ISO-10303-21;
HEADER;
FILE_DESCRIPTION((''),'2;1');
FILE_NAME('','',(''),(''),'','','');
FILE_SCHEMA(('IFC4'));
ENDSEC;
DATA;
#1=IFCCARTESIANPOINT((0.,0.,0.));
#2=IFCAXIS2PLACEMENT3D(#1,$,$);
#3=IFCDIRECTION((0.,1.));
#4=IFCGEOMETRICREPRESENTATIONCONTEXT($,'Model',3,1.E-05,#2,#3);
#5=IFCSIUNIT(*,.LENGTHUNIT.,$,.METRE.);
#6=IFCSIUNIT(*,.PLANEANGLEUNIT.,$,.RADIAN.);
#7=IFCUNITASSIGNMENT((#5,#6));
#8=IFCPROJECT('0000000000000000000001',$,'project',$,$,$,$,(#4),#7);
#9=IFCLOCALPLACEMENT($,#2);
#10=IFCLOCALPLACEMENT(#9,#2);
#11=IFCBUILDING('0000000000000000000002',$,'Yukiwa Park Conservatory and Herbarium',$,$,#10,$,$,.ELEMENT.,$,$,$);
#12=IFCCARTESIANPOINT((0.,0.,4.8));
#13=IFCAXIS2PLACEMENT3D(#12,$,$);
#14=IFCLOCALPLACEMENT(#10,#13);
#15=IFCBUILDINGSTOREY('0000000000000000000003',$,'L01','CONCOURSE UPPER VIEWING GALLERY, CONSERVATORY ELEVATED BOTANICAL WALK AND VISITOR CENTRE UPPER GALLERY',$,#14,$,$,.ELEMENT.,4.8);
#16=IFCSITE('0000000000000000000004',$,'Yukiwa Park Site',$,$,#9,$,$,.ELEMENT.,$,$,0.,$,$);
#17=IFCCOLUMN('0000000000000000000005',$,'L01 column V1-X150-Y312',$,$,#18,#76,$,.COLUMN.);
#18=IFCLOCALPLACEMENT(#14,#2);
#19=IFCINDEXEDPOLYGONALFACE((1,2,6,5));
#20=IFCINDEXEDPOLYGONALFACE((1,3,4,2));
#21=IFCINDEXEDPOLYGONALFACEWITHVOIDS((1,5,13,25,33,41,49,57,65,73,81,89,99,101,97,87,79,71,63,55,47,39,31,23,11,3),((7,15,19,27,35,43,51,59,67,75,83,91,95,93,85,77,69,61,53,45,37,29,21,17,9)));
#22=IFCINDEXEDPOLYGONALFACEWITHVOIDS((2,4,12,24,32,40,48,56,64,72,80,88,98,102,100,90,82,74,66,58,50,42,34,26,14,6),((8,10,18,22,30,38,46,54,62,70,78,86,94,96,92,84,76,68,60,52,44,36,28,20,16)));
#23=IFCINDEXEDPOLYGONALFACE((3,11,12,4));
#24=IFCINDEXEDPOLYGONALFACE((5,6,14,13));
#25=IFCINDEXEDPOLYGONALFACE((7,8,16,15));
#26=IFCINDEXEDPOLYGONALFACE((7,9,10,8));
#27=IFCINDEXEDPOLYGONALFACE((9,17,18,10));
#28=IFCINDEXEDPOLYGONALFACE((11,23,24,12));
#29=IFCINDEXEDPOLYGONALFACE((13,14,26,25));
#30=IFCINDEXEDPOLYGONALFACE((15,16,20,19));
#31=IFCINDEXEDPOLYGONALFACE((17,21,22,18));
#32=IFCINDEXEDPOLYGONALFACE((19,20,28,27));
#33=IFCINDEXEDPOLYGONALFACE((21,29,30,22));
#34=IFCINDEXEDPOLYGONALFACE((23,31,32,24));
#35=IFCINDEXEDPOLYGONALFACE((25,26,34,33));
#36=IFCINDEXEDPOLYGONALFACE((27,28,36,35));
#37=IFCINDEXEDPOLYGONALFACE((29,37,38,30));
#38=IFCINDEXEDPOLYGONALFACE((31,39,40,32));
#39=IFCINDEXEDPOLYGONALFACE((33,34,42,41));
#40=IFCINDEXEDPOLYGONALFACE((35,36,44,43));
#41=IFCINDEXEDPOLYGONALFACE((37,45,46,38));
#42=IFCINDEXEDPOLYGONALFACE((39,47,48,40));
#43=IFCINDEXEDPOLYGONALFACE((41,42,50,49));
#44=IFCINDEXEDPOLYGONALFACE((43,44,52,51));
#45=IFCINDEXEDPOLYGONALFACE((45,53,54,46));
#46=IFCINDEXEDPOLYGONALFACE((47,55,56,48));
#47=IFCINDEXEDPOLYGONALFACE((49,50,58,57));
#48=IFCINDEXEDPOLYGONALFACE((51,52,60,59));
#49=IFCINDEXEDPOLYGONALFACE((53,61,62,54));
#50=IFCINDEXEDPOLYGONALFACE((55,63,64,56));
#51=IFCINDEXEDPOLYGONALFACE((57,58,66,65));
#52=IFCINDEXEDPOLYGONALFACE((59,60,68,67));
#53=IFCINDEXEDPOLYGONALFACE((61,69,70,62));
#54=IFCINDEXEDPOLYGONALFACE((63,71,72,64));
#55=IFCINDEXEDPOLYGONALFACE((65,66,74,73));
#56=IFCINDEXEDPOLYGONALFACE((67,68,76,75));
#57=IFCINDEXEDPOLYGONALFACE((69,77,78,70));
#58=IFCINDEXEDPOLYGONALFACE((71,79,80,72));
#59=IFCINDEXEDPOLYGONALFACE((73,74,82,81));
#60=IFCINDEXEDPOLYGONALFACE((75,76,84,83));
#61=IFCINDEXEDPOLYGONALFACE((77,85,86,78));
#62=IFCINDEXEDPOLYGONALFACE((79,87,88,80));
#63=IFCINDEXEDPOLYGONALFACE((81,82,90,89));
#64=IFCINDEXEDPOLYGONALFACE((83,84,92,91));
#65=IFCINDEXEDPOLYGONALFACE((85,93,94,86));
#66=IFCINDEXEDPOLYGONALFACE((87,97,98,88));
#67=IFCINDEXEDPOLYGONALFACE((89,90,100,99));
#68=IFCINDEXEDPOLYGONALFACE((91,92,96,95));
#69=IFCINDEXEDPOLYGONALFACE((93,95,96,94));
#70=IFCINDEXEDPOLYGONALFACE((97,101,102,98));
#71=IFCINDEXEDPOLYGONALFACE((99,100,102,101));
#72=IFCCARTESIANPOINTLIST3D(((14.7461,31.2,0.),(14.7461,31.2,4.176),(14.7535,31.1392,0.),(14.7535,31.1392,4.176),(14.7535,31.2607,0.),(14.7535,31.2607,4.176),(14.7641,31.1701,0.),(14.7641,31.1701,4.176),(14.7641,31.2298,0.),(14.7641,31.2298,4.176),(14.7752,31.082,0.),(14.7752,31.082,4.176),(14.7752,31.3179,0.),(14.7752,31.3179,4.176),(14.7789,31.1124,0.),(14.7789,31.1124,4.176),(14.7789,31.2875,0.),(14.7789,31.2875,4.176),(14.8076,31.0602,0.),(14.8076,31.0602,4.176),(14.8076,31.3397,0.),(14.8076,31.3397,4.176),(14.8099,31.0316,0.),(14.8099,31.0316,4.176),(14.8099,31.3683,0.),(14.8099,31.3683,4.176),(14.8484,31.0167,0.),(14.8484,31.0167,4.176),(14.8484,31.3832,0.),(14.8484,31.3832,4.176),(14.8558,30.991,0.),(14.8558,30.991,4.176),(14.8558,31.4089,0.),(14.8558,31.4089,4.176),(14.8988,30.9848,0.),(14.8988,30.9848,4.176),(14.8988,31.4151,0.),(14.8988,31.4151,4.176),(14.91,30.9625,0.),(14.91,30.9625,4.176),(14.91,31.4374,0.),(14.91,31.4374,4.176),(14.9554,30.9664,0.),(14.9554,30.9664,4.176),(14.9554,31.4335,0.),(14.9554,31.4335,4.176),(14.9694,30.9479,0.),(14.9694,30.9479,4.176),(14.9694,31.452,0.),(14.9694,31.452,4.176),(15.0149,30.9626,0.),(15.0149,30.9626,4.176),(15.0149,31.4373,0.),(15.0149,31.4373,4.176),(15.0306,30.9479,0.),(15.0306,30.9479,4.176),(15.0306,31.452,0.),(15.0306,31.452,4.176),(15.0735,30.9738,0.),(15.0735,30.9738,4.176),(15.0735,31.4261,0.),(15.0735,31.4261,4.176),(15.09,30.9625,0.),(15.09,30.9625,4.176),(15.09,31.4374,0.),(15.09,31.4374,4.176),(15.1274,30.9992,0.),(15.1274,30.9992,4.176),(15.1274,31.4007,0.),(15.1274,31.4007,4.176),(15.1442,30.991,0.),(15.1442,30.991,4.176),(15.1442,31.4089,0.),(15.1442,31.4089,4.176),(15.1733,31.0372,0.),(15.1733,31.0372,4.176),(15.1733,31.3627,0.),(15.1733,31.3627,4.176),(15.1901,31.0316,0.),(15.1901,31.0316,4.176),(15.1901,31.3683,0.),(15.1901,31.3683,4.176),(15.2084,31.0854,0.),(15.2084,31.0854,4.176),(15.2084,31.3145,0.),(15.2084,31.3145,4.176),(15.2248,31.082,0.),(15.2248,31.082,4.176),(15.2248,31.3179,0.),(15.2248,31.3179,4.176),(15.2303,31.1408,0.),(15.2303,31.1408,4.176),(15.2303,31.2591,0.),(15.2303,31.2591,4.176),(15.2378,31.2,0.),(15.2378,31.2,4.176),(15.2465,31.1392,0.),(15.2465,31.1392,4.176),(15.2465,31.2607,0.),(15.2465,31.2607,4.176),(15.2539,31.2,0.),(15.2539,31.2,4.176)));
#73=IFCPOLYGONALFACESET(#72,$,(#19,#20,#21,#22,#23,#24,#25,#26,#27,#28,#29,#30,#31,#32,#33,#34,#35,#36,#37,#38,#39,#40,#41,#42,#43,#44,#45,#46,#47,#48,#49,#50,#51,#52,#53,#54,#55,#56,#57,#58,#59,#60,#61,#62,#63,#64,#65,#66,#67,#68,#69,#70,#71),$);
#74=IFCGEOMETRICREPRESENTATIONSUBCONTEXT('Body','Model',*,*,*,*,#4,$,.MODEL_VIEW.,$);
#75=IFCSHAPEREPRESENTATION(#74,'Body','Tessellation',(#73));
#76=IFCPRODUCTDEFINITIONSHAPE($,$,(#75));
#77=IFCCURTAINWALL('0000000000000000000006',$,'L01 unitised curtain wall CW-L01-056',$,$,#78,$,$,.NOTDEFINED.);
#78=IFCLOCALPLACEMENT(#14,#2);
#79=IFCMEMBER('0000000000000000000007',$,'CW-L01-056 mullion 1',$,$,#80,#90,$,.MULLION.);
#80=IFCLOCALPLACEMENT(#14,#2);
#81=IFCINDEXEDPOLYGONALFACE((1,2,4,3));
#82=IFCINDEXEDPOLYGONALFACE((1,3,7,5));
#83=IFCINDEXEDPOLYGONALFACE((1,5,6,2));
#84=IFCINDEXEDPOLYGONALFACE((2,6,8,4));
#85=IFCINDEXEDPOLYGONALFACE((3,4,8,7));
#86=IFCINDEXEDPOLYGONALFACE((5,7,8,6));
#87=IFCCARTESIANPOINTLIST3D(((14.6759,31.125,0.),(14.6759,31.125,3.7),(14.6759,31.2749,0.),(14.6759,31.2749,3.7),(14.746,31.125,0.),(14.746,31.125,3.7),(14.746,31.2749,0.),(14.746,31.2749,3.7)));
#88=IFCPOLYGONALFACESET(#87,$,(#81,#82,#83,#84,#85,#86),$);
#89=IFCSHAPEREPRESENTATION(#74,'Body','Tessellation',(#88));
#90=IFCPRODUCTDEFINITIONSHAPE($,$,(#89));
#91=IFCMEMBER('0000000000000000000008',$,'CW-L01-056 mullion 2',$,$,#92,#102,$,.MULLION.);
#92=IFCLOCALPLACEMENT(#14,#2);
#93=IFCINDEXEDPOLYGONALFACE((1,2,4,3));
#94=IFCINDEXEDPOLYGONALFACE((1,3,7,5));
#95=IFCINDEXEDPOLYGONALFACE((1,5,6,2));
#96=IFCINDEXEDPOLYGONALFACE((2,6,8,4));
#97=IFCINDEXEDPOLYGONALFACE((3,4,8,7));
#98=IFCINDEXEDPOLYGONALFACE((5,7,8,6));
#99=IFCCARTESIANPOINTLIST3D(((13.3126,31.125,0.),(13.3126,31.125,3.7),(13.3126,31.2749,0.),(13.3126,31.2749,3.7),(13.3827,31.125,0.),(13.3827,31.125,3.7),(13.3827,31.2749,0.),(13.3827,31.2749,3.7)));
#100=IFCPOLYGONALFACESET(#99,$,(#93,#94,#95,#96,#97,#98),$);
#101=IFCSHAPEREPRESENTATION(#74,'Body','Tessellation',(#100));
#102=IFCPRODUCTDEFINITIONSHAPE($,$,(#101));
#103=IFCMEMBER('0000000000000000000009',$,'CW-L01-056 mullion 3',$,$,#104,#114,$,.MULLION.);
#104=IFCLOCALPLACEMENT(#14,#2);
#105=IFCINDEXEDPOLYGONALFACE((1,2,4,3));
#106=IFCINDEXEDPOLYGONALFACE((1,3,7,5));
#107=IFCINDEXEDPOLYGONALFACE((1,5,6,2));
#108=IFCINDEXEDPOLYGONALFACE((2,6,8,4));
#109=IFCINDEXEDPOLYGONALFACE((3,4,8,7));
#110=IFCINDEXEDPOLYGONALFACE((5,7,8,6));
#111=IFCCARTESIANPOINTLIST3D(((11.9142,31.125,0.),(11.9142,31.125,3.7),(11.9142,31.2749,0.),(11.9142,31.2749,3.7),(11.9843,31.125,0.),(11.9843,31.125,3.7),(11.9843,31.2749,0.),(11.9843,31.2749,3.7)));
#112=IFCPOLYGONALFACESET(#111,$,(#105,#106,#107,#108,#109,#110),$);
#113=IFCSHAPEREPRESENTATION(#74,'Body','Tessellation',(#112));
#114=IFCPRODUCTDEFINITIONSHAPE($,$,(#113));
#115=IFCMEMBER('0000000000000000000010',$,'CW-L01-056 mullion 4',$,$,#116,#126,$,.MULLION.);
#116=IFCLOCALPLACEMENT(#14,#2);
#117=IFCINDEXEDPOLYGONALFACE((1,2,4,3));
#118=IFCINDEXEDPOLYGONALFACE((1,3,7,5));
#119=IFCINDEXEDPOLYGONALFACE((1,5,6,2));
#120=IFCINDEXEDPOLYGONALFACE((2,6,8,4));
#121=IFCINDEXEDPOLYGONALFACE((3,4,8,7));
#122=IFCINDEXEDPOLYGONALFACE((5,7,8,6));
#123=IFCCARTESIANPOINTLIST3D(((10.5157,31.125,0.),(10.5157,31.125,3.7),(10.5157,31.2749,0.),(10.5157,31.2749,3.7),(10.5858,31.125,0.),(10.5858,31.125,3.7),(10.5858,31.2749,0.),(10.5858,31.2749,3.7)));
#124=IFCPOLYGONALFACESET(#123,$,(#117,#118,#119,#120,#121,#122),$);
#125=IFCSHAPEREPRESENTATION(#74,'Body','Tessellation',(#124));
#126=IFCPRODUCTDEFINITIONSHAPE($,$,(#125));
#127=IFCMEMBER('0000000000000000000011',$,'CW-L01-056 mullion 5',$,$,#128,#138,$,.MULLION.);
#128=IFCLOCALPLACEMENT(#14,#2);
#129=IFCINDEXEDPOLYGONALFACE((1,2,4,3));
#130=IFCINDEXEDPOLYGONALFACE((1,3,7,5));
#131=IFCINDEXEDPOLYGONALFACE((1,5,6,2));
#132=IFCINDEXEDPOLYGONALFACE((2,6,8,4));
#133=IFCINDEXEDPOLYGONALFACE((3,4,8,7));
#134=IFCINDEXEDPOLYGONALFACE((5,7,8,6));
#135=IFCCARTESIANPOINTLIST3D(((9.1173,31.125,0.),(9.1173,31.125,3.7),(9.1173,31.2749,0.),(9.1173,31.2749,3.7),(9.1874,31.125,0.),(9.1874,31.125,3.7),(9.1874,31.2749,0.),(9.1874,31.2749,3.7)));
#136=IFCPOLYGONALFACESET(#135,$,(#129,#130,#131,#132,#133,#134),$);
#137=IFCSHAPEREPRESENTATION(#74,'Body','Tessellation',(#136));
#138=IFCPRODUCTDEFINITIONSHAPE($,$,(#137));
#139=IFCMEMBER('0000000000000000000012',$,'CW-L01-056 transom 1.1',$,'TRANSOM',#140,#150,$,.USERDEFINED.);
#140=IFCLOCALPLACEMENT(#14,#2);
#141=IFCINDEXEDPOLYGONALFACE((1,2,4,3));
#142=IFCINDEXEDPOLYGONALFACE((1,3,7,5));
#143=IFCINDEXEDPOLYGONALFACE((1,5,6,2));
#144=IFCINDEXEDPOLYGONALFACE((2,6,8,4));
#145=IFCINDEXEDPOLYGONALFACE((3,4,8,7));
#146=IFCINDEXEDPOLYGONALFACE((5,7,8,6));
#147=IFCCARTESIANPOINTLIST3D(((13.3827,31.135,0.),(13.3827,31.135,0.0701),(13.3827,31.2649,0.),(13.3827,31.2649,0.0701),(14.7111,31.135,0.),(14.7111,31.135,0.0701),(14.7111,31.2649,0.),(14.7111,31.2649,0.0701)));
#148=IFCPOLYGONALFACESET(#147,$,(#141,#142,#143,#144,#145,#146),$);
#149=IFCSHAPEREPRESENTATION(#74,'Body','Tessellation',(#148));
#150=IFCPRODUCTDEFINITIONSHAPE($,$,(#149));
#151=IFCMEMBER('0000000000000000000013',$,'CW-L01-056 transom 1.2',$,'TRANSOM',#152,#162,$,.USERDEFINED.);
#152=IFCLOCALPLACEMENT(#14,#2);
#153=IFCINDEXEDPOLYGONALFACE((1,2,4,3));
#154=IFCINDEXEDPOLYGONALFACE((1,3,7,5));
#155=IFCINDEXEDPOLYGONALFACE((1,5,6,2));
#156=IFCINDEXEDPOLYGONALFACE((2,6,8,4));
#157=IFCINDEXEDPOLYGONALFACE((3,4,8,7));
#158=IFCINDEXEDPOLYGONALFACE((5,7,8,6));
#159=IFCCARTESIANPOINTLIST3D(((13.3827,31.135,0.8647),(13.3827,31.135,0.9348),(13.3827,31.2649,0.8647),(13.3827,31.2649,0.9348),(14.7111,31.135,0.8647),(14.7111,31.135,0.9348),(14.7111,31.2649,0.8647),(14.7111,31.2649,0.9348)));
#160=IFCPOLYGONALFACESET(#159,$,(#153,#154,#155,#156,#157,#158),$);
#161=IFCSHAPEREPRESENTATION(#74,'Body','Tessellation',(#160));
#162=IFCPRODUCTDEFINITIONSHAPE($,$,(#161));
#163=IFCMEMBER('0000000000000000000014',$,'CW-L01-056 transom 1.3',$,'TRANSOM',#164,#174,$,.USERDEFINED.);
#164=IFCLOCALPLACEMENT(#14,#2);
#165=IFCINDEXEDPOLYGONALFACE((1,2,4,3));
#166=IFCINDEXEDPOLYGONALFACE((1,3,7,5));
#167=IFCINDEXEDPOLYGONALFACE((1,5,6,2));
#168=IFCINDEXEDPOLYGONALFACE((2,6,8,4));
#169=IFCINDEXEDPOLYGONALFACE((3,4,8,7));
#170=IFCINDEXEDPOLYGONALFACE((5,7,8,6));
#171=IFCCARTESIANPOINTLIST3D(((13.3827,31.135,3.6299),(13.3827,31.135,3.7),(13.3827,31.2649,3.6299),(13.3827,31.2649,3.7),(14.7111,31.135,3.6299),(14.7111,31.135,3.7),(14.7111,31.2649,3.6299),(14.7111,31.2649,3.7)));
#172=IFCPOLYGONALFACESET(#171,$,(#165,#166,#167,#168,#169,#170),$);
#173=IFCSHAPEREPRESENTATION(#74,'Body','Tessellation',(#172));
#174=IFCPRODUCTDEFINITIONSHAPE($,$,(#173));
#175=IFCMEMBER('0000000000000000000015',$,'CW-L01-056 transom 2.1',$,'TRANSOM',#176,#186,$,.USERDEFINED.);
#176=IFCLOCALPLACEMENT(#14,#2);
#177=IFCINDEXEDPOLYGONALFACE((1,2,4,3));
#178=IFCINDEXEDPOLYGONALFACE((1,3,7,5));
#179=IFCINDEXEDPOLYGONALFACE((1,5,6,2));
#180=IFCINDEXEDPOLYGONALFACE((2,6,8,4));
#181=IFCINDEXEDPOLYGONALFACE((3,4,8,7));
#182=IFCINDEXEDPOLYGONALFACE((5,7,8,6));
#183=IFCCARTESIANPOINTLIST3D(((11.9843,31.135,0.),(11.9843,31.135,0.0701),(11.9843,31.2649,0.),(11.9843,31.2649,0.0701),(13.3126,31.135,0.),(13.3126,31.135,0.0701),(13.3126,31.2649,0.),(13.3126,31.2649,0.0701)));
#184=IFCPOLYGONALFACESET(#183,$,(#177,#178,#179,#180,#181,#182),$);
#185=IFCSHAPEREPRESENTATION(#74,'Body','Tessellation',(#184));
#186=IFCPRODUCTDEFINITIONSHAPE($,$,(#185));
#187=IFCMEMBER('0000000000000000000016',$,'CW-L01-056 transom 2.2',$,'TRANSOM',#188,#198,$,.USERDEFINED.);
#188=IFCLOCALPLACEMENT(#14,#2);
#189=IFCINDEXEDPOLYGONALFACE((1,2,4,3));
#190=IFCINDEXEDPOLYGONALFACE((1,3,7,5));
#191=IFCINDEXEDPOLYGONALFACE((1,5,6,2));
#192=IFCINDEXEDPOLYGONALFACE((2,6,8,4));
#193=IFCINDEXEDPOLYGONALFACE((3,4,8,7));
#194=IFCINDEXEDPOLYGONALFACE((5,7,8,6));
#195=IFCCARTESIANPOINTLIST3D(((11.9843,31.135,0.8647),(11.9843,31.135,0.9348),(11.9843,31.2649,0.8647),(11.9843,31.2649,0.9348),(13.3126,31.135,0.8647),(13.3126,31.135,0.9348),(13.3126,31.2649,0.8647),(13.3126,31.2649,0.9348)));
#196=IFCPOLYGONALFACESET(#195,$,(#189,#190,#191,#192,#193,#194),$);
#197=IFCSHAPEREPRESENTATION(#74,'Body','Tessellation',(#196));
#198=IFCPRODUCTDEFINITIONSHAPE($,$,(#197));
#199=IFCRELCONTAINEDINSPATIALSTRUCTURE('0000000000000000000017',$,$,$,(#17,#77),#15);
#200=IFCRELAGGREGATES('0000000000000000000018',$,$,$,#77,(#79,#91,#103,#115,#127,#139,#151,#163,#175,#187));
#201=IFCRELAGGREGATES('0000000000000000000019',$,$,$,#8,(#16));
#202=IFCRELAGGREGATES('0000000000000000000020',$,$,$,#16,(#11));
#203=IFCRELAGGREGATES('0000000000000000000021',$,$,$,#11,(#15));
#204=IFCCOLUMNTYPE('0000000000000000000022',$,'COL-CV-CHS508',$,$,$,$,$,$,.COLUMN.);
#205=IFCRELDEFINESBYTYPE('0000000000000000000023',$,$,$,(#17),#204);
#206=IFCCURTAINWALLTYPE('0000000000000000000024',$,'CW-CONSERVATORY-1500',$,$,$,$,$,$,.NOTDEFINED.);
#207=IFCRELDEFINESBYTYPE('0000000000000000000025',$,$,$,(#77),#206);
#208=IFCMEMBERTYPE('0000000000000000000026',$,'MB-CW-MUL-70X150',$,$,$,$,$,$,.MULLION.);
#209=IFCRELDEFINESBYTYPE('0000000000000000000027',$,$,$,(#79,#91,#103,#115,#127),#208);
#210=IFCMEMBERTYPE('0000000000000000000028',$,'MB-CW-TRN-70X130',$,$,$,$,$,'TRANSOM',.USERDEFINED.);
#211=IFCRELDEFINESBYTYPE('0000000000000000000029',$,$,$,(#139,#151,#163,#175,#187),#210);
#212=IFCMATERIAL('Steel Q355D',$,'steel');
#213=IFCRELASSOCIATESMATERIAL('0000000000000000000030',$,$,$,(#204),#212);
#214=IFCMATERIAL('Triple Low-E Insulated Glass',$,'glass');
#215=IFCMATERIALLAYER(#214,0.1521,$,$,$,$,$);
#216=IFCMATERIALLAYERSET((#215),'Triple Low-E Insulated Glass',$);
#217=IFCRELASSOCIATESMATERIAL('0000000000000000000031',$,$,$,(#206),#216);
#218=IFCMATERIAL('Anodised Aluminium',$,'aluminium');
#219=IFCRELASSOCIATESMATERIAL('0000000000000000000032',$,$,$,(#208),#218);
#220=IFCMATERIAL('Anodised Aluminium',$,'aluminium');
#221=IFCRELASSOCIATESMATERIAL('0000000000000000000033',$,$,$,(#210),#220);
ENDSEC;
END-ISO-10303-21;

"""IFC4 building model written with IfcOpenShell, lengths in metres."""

from ifc_helpers import new_model, si_unit, direction, frame, origin, origin_2d, place, context, subcontext, project, spatial, rectangle, hollow_circle, extrude, material, layer, layer_set, material_profile, profile_set, type_object, element, aggregate, save


model = new_model("IFC4")

# Units and contexts
model_context = context("Model", 3, precision=1e-05, world=origin(), true_north=direction((0.0, 1.0)))
body_context = subcontext(model_context, "Body", "Model", "MODEL_VIEW")
ifc_project = project(units=[si_unit("LENGTHUNIT", "METRE"), si_unit("PLANEANGLEUNIT", "RADIAN")], contexts=[model_context])

# Site, building, storey
site_placement = place(None, origin())
site = spatial("IfcSite", under=ifc_project, at=site_placement, Name="Yukiwa Park Site", CompositionType="ELEMENT", RefElevation=0.0)
building_placement = place(site_placement, origin())
building = spatial("IfcBuilding", under=site, at=building_placement, Name="Yukiwa Park Conservatory and Herbarium", CompositionType="ELEMENT")
storey_placement = place(building_placement, frame((0.0, 0.0, 4.8)))
storey = spatial("IfcBuildingStorey", under=building, at=storey_placement, Name="L01", Description="CONCOURSE UPPER VIEWING GALLERY, CONSERVATORY ELEVATED BOTANICAL WALK AND VISITOR CENTRE UPPER GALLERY", CompositionType="ELEMENT", Elevation=4.8)

# Column
ifc_material_1 = material(Name="Steel Q355D", Category="steel")
ifc_material_profile = material_profile(ifc_material_1, hollow_circle(Radius=0.2539, WallThickness=0.0161, at=origin_2d()), Name="CHS 508x16")
ifc_profile_set = profile_set([ifc_material_profile], Name="Steel Q355D")
column_type = type_object("IfcColumnType", Name="COL-CV-CHS508", PredefinedType="COLUMN", material=ifc_profile_set)
column_placement = place(storey_placement, frame((15.0, 31.2, 0.0), z_axis=(0.0, 0.0, 1.0), x_axis=(1.0, 0.0, 0.0)))
element("IfcColumn", 1, at=column_placement, inside=storey, type_object=column_type, Name="L01 column V1-X150-Y312", PredefinedType="COLUMN", context=body_context, shape_type="SweptSolid", body=[
    extrude(hollow_circle(Radius=0.2539, WallThickness=0.0161, at=origin_2d()), origin(), (0.0, 0.0, 1.0), 4.176),
])

# Curtain wall, members
ifc_material_2 = material(Name="Triple Low-E Insulated Glass", Category="glass")
ifc_layer_1 = layer(ifc_material_2, 0.1521)
ifc_layer_set_1 = layer_set([ifc_layer_1], Name="Triple Low-E Insulated Glass")
curtain_wall_type = type_object("IfcCurtainWallType", Name="CW-CONSERVATORY-1500", PredefinedType="NOTDEFINED", material=ifc_layer_set_1)
curtain_wall_placement = place(storey_placement, origin())
curtain_wall = element("IfcCurtainWall", 2, at=curtain_wall_placement, inside=storey, type_object=curtain_wall_type, Name="L01 unitised curtain wall CW-L01-056", PredefinedType="NOTDEFINED")
ifc_material_3 = material(Name="Anodised Aluminium", Category="aluminium")
member_type_1 = type_object("IfcMemberType", Name="MB-CW-MUL-70X150", PredefinedType="MULLION", material=ifc_material_3)
member_1_placement = place(storey_placement, frame((14.7109, 31.2, 0.0), z_axis=(0.0, 0.0, 1.0), x_axis=(-1.0, 0.0, 0.0)))
member_1 = element("IfcMember", 3, at=member_1_placement, type_object=member_type_1, Name="CW-L01-056 mullion 1", PredefinedType="MULLION", context=body_context, shape_type="SweptSolid", body=[
    extrude(rectangle(XDim=0.0701, YDim=0.1499, at=origin_2d()), origin(), (0.0, 0.0, 1.0), 3.7),
])
member_2_placement = place(storey_placement, frame((13.3477, 31.2, 0.0), z_axis=(0.0, 0.0, 1.0), x_axis=(-1.0, 0.0, 0.0)))
member_2 = element("IfcMember", 4, at=member_2_placement, type_object=member_type_1, Name="CW-L01-056 mullion 2", PredefinedType="MULLION", context=body_context, shape_type="SweptSolid", body=[
    extrude(rectangle(XDim=0.0701, YDim=0.1499, at=origin_2d()), origin(), (0.0, 0.0, 1.0), 3.7),
])
member_3_placement = place(storey_placement, frame((11.9492, 31.2, 0.0), z_axis=(0.0, 0.0, 1.0), x_axis=(-1.0, 0.0, 0.0)))
member_3 = element("IfcMember", 5, at=member_3_placement, type_object=member_type_1, Name="CW-L01-056 mullion 3", PredefinedType="MULLION", context=body_context, shape_type="SweptSolid", body=[
    extrude(rectangle(XDim=0.0701, YDim=0.1499, at=origin_2d()), origin(), (0.0, 0.0, 1.0), 3.7),
])
member_4_placement = place(storey_placement, frame((10.5508, 31.2, 0.0), z_axis=(0.0, 0.0, 1.0), x_axis=(-1.0, 0.0, 0.0)))
member_4 = element("IfcMember", 6, at=member_4_placement, type_object=member_type_1, Name="CW-L01-056 mullion 4", PredefinedType="MULLION", context=body_context, shape_type="SweptSolid", body=[
    extrude(rectangle(XDim=0.0701, YDim=0.1499, at=origin_2d()), origin(), (0.0, 0.0, 1.0), 3.7),
])
member_5_placement = place(storey_placement, frame((9.1523, 31.2, 0.0), z_axis=(0.0, 0.0, 1.0), x_axis=(-1.0, 0.0, 0.0)))
member_5 = element("IfcMember", 7, at=member_5_placement, type_object=member_type_1, Name="CW-L01-056 mullion 5", PredefinedType="MULLION", context=body_context, shape_type="SweptSolid", body=[
    extrude(rectangle(XDim=0.0701, YDim=0.1499, at=origin_2d()), origin(), (0.0, 0.0, 1.0), 3.7),
])
ifc_material_4 = material(Name="Anodised Aluminium", Category="aluminium")
member_type_2 = type_object("IfcMemberType", Name="MB-CW-TRN-70X130", ElementType="TRANSOM", PredefinedType="USERDEFINED", material=ifc_material_4)
member_6_placement = place(storey_placement, frame((14.0469, 31.2, 0.0), z_axis=(0.0, 0.0, 1.0), x_axis=(-1.0, 0.0, 0.0)))
member_6 = element("IfcMember", 8, at=member_6_placement, type_object=member_type_2, Name="CW-L01-056 transom 1.1", ObjectType="TRANSOM", PredefinedType="USERDEFINED", context=body_context, shape_type="SweptSolid", body=[
    extrude(rectangle(XDim=1.3284, YDim=0.1299, at=origin_2d()), origin(), (0.0, 0.0, 1.0), 0.0701),
])
member_7_placement = place(storey_placement, frame((14.0469, 31.2, 0.8647), z_axis=(0.0, 0.0, 1.0), x_axis=(-1.0, 0.0, 0.0)))
member_7 = element("IfcMember", 9, at=member_7_placement, type_object=member_type_2, Name="CW-L01-056 transom 1.2", ObjectType="TRANSOM", PredefinedType="USERDEFINED", context=body_context, shape_type="SweptSolid", body=[
    extrude(rectangle(XDim=1.3284, YDim=0.1299, at=origin_2d()), origin(), (0.0, 0.0, 1.0), 0.0701),
])
member_8_placement = place(storey_placement, frame((14.0469, 31.2, 3.6299), z_axis=(0.0, 0.0, 1.0), x_axis=(-1.0, 0.0, 0.0)))
member_8 = element("IfcMember", 10, at=member_8_placement, type_object=member_type_2, Name="CW-L01-056 transom 1.3", ObjectType="TRANSOM", PredefinedType="USERDEFINED", context=body_context, shape_type="SweptSolid", body=[
    extrude(rectangle(XDim=1.3284, YDim=0.1299, at=origin_2d()), origin(), (0.0, 0.0, 1.0), 0.0701),
])
member_9_placement = place(storey_placement, frame((12.6484, 31.2, 0.0), z_axis=(0.0, 0.0, 1.0), x_axis=(-1.0, 0.0, 0.0)))
member_9 = element("IfcMember", 11, at=member_9_placement, type_object=member_type_2, Name="CW-L01-056 transom 2.1", ObjectType="TRANSOM", PredefinedType="USERDEFINED", context=body_context, shape_type="SweptSolid", body=[
    extrude(rectangle(XDim=1.3284, YDim=0.1299, at=origin_2d()), origin(), (0.0, 0.0, 1.0), 0.0701),
])
member_10_placement = place(storey_placement, frame((12.6484, 31.2, 0.8647), z_axis=(0.0, 0.0, 1.0), x_axis=(-1.0, 0.0, 0.0)))
member_10 = element("IfcMember", 12, at=member_10_placement, type_object=member_type_2, Name="CW-L01-056 transom 2.2", ObjectType="TRANSOM", PredefinedType="USERDEFINED", context=body_context, shape_type="SweptSolid", body=[
    extrude(rectangle(XDim=1.3284, YDim=0.1299, at=origin_2d()), origin(), (0.0, 0.0, 1.0), 0.0701),
])

aggregate(curtain_wall, [member_1, member_2, member_3, member_4, member_5, member_6, member_7, member_8, member_9, member_10])

save(model, "model.ifc")
